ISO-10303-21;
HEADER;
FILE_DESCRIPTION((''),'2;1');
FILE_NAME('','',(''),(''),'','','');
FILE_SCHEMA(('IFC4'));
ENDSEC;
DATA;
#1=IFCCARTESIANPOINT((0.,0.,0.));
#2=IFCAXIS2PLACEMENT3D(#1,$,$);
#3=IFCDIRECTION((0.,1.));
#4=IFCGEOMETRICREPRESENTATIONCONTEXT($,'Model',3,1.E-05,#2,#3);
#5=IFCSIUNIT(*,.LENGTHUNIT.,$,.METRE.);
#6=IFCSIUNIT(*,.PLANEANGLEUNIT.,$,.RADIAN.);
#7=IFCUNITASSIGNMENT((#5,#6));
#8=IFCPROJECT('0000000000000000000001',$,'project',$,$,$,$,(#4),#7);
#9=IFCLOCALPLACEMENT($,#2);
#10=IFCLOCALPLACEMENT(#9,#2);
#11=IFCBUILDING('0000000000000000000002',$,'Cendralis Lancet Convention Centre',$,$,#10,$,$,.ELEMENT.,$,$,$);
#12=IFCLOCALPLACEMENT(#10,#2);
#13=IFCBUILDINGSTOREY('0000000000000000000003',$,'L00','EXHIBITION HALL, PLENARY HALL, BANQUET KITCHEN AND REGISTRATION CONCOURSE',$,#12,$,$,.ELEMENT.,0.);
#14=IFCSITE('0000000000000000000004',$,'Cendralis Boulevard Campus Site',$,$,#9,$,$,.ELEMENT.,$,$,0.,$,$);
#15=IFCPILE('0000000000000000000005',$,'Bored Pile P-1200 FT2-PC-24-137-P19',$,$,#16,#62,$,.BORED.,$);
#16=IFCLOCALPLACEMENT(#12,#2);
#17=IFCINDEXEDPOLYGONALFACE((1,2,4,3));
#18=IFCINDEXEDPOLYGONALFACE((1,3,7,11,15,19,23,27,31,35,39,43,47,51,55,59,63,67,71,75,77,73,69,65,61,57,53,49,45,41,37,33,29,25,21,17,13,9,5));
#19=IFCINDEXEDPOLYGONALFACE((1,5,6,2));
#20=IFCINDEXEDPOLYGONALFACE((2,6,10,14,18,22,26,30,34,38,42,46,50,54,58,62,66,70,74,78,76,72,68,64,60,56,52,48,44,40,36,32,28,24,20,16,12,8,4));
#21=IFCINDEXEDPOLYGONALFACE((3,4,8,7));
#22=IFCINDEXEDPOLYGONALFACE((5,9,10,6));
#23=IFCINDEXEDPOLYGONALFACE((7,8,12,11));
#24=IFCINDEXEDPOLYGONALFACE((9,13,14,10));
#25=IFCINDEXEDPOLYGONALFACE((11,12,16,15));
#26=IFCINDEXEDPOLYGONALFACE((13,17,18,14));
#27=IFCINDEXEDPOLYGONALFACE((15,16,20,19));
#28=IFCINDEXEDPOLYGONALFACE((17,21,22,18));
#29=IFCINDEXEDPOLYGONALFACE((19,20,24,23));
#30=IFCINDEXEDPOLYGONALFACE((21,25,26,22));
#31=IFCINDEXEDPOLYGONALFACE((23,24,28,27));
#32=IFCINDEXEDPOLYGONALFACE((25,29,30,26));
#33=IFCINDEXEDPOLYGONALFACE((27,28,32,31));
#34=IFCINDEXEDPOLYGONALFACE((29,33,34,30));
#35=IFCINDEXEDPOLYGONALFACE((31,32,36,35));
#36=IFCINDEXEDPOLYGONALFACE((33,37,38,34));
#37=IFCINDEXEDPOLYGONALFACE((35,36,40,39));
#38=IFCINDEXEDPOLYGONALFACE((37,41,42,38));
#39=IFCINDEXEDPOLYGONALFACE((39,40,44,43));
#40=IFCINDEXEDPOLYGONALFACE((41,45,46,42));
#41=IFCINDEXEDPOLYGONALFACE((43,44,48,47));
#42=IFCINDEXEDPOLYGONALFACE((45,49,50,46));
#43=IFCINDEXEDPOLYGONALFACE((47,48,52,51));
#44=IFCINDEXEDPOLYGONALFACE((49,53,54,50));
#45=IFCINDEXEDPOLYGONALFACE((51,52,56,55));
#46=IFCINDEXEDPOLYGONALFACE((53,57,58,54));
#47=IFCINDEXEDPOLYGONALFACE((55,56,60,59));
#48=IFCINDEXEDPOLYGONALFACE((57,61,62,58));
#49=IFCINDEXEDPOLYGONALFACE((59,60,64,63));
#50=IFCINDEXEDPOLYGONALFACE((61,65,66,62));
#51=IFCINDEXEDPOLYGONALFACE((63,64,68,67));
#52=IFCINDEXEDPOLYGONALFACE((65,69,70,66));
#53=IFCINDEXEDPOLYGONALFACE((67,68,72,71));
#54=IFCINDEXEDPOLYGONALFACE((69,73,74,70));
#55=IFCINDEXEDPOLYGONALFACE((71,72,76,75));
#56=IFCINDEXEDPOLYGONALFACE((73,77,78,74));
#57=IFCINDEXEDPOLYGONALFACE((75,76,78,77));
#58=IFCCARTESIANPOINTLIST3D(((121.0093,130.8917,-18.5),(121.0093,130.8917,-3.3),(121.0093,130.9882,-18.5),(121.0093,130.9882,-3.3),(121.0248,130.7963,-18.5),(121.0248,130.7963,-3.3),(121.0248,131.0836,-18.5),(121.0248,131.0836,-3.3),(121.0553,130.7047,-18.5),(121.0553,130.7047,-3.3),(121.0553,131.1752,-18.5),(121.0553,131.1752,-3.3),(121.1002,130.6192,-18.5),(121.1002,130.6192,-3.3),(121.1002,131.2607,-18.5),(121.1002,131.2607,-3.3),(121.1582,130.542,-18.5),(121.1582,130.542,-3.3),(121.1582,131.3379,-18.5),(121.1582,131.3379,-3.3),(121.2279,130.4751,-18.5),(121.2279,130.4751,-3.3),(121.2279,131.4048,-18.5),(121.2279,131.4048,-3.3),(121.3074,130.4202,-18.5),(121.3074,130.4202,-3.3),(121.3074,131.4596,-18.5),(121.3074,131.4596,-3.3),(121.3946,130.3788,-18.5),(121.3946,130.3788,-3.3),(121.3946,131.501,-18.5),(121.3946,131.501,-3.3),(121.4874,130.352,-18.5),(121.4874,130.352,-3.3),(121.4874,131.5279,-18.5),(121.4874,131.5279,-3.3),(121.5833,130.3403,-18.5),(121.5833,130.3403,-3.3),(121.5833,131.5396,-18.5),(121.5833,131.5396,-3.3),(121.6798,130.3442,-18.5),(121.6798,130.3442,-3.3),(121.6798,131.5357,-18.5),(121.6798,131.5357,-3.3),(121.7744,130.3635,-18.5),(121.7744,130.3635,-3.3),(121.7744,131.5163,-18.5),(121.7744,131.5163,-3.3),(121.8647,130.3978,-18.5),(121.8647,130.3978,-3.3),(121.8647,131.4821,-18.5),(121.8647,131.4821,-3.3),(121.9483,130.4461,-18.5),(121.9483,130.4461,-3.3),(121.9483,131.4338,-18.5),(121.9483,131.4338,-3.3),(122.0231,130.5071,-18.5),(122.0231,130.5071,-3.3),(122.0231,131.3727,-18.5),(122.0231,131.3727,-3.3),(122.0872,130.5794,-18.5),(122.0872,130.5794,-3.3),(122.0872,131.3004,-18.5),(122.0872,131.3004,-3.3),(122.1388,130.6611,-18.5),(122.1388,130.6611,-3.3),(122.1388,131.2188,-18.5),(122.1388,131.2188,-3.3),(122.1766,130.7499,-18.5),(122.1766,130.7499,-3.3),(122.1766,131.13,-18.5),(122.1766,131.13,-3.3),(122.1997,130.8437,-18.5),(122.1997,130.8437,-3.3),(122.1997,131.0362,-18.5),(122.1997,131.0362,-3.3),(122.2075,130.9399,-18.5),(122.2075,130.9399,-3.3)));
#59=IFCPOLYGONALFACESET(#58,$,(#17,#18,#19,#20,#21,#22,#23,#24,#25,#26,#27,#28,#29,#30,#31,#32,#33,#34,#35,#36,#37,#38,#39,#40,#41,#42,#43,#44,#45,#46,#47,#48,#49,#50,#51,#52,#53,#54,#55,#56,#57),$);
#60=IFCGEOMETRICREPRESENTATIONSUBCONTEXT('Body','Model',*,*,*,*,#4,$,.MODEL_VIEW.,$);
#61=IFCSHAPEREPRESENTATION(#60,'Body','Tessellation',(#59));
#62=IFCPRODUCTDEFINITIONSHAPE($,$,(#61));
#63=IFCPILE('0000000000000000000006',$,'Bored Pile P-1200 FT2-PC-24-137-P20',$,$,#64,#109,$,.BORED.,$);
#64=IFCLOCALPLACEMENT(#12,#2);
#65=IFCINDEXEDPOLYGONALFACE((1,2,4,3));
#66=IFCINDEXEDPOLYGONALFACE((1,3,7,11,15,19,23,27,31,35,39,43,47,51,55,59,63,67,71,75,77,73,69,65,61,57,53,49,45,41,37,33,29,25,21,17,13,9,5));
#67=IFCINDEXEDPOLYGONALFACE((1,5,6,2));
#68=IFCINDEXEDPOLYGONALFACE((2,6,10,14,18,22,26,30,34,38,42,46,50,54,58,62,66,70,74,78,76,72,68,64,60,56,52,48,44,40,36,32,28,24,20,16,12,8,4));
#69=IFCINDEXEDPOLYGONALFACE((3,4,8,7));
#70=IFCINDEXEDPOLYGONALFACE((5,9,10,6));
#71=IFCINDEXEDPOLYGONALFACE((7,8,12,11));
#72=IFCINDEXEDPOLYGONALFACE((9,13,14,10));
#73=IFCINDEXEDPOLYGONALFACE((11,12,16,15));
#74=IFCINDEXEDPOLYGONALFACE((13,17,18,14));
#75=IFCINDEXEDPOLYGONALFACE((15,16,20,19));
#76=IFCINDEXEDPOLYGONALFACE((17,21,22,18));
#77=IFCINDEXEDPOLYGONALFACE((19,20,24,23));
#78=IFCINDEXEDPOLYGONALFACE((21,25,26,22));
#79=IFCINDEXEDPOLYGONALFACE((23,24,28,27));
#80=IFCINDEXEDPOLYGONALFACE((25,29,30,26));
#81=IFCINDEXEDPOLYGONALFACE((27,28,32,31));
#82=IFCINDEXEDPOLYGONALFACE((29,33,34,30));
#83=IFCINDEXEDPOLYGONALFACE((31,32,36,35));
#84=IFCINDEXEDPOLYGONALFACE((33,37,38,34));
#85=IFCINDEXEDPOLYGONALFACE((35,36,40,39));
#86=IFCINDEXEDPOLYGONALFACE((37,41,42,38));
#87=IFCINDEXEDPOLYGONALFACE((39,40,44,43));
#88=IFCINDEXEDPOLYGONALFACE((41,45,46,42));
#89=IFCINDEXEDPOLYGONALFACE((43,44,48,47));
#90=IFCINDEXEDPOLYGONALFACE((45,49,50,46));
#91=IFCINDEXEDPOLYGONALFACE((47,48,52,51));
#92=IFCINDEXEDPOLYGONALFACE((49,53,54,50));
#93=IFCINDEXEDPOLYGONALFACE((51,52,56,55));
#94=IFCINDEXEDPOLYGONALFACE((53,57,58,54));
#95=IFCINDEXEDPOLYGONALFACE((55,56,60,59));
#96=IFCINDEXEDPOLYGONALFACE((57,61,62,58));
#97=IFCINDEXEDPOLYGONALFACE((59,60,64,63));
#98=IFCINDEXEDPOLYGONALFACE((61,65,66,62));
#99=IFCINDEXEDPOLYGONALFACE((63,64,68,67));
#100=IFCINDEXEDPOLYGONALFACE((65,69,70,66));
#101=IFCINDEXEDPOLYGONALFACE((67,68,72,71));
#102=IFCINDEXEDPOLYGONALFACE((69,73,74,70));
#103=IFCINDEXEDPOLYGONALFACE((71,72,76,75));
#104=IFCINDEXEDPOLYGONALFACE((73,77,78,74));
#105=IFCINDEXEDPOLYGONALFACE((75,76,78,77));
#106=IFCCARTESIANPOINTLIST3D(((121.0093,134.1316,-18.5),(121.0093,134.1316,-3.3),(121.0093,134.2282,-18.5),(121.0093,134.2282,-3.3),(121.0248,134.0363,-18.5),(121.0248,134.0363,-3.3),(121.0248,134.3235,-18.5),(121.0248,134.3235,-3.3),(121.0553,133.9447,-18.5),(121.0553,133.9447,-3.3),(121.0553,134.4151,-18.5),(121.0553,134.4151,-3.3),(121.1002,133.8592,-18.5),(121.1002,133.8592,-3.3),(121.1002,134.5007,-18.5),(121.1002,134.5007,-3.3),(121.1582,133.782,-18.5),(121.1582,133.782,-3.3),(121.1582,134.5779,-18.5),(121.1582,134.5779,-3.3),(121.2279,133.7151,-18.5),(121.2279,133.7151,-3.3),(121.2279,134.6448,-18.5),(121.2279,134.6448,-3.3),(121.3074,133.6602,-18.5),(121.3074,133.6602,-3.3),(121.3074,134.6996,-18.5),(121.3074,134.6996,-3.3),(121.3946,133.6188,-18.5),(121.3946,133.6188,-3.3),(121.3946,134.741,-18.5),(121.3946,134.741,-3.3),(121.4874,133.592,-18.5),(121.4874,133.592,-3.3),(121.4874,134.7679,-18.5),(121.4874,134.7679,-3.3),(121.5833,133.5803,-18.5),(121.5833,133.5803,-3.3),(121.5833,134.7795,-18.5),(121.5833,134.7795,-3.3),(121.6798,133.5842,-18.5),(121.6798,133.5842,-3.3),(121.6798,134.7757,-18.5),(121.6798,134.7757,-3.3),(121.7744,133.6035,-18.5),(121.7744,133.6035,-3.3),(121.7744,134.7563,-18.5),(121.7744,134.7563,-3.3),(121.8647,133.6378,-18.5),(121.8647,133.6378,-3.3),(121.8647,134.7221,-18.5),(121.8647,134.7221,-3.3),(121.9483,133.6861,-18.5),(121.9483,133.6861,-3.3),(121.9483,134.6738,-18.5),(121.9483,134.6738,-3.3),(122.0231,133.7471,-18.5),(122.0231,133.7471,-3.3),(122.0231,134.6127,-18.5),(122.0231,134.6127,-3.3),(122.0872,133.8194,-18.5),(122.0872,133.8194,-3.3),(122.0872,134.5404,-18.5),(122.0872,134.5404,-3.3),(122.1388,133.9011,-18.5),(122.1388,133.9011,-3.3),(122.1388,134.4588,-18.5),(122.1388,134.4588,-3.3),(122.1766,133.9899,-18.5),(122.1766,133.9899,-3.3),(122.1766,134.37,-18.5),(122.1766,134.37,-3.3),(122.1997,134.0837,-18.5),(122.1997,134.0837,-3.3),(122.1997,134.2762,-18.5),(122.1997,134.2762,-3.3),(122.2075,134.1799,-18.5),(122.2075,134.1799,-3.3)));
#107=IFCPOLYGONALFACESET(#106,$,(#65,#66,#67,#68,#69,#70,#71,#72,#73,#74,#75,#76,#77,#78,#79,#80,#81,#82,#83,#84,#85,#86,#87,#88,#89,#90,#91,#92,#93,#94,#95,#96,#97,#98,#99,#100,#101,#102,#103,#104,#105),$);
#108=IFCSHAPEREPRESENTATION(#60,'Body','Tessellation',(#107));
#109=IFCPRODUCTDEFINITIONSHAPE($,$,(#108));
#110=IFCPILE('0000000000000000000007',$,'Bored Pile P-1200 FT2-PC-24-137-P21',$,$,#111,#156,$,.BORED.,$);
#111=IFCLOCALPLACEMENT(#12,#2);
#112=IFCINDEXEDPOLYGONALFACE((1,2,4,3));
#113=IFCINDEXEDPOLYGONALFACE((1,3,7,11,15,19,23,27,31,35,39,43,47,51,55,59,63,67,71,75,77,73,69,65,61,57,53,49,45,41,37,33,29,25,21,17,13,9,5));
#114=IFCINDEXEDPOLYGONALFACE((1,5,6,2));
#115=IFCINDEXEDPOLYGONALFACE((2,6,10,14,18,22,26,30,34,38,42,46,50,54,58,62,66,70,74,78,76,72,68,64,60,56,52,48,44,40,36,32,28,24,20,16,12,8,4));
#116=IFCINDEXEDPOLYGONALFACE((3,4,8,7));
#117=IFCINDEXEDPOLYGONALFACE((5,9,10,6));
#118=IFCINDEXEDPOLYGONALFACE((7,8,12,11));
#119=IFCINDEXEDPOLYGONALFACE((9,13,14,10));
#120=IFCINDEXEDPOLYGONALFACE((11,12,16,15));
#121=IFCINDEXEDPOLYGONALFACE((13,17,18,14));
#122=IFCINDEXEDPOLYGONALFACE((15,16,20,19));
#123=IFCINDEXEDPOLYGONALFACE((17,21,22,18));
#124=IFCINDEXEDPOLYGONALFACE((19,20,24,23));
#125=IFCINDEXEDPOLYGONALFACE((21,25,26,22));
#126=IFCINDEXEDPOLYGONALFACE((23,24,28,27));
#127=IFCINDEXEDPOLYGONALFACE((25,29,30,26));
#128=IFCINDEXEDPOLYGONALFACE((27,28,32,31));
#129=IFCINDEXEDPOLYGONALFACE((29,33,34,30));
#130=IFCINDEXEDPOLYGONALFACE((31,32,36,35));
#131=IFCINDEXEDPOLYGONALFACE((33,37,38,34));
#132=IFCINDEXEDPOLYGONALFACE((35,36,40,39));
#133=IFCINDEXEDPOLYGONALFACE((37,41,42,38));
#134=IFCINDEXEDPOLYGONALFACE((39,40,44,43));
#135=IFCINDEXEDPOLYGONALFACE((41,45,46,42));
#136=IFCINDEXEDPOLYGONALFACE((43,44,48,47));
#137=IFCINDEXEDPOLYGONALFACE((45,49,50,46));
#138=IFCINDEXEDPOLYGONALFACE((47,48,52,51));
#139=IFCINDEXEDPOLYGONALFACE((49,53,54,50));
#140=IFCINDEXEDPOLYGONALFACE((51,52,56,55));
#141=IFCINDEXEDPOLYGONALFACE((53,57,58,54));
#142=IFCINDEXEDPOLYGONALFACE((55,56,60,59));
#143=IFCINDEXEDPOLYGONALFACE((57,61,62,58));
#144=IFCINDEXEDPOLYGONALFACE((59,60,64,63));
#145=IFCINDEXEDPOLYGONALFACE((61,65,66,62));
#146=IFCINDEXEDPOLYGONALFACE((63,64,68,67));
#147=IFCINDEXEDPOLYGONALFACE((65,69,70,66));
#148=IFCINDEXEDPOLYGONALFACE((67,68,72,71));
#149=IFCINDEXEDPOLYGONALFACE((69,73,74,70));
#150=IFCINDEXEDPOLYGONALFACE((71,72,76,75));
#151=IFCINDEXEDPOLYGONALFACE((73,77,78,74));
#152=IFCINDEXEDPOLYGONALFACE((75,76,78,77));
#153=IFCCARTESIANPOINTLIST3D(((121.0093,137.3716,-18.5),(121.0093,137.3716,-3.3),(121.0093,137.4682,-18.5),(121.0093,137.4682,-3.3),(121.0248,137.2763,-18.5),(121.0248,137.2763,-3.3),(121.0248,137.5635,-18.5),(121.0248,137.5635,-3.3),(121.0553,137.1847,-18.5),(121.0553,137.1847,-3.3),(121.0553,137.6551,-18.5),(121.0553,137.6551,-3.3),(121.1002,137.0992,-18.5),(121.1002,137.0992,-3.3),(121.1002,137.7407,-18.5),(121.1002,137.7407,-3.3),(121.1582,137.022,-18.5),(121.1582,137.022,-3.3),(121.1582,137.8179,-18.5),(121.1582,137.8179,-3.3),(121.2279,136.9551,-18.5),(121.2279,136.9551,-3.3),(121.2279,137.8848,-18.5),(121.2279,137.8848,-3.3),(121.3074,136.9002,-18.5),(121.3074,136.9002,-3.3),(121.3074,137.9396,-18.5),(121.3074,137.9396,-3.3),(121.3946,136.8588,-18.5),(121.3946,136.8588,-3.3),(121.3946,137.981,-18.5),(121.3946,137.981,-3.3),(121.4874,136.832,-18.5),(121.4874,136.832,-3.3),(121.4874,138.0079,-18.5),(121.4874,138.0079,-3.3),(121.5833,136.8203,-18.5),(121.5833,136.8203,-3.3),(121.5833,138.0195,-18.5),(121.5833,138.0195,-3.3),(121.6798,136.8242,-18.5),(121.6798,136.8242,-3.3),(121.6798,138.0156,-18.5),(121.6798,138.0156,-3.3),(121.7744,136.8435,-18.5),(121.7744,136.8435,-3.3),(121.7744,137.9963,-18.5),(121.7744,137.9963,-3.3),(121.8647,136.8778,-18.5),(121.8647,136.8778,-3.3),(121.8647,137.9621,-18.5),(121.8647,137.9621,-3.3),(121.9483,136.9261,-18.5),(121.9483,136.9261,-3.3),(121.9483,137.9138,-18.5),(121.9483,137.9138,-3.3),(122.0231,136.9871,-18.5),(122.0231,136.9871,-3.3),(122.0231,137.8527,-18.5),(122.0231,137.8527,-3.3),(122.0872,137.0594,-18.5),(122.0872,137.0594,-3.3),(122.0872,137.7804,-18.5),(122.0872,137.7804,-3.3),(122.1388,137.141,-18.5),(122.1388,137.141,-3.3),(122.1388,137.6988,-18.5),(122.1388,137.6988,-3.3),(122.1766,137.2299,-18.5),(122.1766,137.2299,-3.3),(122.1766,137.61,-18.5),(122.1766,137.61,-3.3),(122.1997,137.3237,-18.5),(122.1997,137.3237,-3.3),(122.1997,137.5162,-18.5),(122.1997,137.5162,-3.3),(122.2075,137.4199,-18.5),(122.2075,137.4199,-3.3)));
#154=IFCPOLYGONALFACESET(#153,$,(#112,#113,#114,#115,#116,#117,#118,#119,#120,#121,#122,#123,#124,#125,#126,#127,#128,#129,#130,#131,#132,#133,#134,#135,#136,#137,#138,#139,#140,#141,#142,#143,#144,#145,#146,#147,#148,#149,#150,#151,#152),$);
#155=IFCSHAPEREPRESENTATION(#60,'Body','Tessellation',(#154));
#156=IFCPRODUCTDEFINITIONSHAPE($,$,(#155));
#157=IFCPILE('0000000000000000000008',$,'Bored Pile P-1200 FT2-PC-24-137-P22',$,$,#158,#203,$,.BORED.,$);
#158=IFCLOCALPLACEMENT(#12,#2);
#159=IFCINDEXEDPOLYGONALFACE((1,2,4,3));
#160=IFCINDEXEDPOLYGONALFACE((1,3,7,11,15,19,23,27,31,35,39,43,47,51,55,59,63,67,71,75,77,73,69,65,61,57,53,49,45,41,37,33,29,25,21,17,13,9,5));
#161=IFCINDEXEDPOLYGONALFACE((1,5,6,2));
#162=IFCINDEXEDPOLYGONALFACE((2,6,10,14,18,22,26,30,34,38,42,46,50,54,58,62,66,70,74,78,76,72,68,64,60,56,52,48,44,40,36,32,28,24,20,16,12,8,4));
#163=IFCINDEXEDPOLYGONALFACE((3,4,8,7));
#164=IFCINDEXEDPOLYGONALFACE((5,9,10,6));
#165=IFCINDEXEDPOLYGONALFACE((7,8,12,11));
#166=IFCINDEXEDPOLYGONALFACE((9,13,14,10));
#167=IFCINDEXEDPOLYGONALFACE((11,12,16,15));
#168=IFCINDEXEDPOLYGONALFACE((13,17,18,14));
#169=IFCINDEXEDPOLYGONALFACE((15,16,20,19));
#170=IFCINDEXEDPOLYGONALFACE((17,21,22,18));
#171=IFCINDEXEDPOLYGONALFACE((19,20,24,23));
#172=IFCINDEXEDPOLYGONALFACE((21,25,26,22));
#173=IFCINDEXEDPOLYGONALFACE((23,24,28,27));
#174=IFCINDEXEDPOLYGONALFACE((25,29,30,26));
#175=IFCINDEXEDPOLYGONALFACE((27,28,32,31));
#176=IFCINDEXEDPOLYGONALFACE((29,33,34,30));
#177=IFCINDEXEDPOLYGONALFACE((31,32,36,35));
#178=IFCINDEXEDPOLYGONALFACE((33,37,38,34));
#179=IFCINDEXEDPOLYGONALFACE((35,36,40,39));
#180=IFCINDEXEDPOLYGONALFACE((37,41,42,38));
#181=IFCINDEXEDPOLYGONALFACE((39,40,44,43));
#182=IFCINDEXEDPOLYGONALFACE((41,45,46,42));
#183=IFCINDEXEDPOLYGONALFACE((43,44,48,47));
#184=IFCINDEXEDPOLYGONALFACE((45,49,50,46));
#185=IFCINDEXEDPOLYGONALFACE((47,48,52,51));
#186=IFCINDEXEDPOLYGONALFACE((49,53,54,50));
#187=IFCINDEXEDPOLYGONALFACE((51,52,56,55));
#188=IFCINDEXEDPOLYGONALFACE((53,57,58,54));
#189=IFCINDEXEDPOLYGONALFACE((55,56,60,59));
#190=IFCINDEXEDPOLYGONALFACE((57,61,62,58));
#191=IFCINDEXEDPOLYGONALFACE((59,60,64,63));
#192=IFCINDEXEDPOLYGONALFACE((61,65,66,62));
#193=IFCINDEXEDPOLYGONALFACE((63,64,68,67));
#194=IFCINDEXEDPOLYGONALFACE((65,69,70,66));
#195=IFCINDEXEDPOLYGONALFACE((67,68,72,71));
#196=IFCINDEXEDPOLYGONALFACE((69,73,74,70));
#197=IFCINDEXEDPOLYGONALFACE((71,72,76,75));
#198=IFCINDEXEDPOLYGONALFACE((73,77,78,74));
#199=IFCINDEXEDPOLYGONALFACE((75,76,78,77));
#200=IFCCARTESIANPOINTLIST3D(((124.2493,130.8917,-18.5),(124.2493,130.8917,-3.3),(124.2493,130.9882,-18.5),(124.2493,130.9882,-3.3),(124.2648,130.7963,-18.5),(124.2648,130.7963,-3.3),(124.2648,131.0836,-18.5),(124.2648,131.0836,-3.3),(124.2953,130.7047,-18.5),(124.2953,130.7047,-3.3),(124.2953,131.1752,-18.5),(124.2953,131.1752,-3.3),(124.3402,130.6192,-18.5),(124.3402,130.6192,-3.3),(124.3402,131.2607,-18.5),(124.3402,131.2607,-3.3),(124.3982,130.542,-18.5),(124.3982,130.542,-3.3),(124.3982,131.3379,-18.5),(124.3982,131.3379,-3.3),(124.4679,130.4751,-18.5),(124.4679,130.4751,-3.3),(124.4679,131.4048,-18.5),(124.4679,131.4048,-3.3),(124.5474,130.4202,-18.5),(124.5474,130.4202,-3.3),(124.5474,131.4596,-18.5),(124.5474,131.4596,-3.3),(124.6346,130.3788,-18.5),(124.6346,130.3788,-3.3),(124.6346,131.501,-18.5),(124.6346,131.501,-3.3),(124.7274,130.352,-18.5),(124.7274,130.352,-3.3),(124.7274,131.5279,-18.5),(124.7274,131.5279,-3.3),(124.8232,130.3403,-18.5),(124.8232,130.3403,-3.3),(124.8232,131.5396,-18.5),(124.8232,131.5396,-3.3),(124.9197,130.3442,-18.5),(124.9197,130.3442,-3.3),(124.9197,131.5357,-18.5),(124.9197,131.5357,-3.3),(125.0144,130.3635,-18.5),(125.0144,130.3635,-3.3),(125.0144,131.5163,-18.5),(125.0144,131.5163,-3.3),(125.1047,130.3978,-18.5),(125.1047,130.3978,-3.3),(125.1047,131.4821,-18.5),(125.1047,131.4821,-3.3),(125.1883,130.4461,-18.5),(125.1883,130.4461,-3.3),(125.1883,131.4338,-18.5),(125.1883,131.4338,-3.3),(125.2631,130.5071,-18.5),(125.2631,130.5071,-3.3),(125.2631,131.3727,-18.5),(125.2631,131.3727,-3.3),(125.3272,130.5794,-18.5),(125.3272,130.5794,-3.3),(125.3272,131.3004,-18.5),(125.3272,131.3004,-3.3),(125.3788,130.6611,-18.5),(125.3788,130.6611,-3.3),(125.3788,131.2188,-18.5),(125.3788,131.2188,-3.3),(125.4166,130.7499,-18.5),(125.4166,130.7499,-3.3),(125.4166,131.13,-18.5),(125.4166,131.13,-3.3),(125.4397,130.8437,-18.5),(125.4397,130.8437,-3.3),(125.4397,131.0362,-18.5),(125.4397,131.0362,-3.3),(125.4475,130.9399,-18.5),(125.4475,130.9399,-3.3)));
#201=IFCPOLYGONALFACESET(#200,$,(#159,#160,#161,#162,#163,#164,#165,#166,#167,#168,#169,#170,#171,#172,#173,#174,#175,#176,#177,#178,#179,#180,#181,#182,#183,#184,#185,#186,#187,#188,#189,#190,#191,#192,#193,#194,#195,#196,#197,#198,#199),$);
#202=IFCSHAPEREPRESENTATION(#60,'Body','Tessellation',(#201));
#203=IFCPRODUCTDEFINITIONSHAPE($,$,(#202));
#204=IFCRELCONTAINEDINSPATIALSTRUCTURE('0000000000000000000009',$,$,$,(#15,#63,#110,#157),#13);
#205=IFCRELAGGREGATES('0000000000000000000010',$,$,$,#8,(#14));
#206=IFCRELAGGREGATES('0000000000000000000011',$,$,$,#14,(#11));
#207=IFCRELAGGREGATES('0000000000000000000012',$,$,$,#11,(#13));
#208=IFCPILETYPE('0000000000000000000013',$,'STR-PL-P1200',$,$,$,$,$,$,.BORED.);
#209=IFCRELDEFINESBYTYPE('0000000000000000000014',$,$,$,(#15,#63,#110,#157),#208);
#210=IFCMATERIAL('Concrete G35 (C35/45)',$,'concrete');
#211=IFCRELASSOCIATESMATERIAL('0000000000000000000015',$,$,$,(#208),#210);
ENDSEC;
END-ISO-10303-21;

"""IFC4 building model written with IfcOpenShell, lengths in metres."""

from ifc_helpers import new_model, si_unit, direction, frame, origin, origin_2d, place, context, subcontext, project, spatial, circle, extrude, material, material_profile, profile_set, type_object, element, save


model = new_model("IFC4")

# Units and contexts
model_context = context("Model", 3, precision=1e-05, world=origin(), true_north=direction((0.0, 1.0)))
body_context = subcontext(model_context, "Body", "Model", "MODEL_VIEW")
ifc_project = project(units=[si_unit("LENGTHUNIT", "METRE"), si_unit("PLANEANGLEUNIT", "RADIAN")], contexts=[model_context])

# Site, building, storey
site_placement = place(None, origin())
site = spatial("IfcSite", under=ifc_project, at=site_placement, Name="Cendralis Boulevard Campus Site", CompositionType="ELEMENT", RefElevation=0.0)
building_placement = place(site_placement, origin())
building = spatial("IfcBuilding", under=site, at=building_placement, Name="Cendralis Lancet Convention Centre", CompositionType="ELEMENT")
storey_placement = place(building_placement, origin())
storey = spatial("IfcBuildingStorey", under=building, at=storey_placement, Name="L00", Description="EXHIBITION HALL, PLENARY HALL, BANQUET KITCHEN AND REGISTRATION CONCOURSE", CompositionType="ELEMENT", Elevation=0.0)

# Piles
ifc_material_1 = material(Name="Concrete G35 (C35/45)", Category="concrete")
ifc_material_profile_1 = material_profile(ifc_material_1, circle(Radius=0.6001, at=origin_2d()), Name="BORED PILE D1200")
ifc_profile_set_1 = profile_set([ifc_material_profile_1], Name="Concrete G35 (C35/45)")
pile_type = type_object("IfcPileType", Name="STR-PL-P1200", PredefinedType="BORED", material=ifc_profile_set_1)
for number, where, z_axis, x_axis, name in (
    (1, (121.6074, 130.9399, -3.3), (0.0, 0.0, -1.0), (1.0, 0.0, 0.0), "Bored Pile P-1200 FT2-PC-24-137-P19"),
    (2, (121.6074, 134.1799, -3.3), (0.0, 0.0, -1.0), (1.0, 0.0, 0.0), "Bored Pile P-1200 FT2-PC-24-137-P20"),
    (3, (121.6074, 137.4199, -3.3), (0.0, 0.0, -1.0), (1.0, 0.0, 0.0), "Bored Pile P-1200 FT2-PC-24-137-P21"),
    (4, (124.8474, 130.9399, -3.3), (0.0, 0.0, -1.0), (1.0, 0.0, 0.0), "Bored Pile P-1200 FT2-PC-24-137-P22"),
):
    element("IfcPile", number, at=place(storey_placement, frame(where, z_axis=z_axis, x_axis=x_axis)), inside=storey, type_object=pile_type, Name=name, PredefinedType="BORED", context=body_context, shape_type="SweptSolid", body=[
        extrude(circle(Radius=0.6001, at=origin_2d()), origin(), (0.0, 0.0, 1.0), 15.2),
    ])

save(model, "model.ifc")
